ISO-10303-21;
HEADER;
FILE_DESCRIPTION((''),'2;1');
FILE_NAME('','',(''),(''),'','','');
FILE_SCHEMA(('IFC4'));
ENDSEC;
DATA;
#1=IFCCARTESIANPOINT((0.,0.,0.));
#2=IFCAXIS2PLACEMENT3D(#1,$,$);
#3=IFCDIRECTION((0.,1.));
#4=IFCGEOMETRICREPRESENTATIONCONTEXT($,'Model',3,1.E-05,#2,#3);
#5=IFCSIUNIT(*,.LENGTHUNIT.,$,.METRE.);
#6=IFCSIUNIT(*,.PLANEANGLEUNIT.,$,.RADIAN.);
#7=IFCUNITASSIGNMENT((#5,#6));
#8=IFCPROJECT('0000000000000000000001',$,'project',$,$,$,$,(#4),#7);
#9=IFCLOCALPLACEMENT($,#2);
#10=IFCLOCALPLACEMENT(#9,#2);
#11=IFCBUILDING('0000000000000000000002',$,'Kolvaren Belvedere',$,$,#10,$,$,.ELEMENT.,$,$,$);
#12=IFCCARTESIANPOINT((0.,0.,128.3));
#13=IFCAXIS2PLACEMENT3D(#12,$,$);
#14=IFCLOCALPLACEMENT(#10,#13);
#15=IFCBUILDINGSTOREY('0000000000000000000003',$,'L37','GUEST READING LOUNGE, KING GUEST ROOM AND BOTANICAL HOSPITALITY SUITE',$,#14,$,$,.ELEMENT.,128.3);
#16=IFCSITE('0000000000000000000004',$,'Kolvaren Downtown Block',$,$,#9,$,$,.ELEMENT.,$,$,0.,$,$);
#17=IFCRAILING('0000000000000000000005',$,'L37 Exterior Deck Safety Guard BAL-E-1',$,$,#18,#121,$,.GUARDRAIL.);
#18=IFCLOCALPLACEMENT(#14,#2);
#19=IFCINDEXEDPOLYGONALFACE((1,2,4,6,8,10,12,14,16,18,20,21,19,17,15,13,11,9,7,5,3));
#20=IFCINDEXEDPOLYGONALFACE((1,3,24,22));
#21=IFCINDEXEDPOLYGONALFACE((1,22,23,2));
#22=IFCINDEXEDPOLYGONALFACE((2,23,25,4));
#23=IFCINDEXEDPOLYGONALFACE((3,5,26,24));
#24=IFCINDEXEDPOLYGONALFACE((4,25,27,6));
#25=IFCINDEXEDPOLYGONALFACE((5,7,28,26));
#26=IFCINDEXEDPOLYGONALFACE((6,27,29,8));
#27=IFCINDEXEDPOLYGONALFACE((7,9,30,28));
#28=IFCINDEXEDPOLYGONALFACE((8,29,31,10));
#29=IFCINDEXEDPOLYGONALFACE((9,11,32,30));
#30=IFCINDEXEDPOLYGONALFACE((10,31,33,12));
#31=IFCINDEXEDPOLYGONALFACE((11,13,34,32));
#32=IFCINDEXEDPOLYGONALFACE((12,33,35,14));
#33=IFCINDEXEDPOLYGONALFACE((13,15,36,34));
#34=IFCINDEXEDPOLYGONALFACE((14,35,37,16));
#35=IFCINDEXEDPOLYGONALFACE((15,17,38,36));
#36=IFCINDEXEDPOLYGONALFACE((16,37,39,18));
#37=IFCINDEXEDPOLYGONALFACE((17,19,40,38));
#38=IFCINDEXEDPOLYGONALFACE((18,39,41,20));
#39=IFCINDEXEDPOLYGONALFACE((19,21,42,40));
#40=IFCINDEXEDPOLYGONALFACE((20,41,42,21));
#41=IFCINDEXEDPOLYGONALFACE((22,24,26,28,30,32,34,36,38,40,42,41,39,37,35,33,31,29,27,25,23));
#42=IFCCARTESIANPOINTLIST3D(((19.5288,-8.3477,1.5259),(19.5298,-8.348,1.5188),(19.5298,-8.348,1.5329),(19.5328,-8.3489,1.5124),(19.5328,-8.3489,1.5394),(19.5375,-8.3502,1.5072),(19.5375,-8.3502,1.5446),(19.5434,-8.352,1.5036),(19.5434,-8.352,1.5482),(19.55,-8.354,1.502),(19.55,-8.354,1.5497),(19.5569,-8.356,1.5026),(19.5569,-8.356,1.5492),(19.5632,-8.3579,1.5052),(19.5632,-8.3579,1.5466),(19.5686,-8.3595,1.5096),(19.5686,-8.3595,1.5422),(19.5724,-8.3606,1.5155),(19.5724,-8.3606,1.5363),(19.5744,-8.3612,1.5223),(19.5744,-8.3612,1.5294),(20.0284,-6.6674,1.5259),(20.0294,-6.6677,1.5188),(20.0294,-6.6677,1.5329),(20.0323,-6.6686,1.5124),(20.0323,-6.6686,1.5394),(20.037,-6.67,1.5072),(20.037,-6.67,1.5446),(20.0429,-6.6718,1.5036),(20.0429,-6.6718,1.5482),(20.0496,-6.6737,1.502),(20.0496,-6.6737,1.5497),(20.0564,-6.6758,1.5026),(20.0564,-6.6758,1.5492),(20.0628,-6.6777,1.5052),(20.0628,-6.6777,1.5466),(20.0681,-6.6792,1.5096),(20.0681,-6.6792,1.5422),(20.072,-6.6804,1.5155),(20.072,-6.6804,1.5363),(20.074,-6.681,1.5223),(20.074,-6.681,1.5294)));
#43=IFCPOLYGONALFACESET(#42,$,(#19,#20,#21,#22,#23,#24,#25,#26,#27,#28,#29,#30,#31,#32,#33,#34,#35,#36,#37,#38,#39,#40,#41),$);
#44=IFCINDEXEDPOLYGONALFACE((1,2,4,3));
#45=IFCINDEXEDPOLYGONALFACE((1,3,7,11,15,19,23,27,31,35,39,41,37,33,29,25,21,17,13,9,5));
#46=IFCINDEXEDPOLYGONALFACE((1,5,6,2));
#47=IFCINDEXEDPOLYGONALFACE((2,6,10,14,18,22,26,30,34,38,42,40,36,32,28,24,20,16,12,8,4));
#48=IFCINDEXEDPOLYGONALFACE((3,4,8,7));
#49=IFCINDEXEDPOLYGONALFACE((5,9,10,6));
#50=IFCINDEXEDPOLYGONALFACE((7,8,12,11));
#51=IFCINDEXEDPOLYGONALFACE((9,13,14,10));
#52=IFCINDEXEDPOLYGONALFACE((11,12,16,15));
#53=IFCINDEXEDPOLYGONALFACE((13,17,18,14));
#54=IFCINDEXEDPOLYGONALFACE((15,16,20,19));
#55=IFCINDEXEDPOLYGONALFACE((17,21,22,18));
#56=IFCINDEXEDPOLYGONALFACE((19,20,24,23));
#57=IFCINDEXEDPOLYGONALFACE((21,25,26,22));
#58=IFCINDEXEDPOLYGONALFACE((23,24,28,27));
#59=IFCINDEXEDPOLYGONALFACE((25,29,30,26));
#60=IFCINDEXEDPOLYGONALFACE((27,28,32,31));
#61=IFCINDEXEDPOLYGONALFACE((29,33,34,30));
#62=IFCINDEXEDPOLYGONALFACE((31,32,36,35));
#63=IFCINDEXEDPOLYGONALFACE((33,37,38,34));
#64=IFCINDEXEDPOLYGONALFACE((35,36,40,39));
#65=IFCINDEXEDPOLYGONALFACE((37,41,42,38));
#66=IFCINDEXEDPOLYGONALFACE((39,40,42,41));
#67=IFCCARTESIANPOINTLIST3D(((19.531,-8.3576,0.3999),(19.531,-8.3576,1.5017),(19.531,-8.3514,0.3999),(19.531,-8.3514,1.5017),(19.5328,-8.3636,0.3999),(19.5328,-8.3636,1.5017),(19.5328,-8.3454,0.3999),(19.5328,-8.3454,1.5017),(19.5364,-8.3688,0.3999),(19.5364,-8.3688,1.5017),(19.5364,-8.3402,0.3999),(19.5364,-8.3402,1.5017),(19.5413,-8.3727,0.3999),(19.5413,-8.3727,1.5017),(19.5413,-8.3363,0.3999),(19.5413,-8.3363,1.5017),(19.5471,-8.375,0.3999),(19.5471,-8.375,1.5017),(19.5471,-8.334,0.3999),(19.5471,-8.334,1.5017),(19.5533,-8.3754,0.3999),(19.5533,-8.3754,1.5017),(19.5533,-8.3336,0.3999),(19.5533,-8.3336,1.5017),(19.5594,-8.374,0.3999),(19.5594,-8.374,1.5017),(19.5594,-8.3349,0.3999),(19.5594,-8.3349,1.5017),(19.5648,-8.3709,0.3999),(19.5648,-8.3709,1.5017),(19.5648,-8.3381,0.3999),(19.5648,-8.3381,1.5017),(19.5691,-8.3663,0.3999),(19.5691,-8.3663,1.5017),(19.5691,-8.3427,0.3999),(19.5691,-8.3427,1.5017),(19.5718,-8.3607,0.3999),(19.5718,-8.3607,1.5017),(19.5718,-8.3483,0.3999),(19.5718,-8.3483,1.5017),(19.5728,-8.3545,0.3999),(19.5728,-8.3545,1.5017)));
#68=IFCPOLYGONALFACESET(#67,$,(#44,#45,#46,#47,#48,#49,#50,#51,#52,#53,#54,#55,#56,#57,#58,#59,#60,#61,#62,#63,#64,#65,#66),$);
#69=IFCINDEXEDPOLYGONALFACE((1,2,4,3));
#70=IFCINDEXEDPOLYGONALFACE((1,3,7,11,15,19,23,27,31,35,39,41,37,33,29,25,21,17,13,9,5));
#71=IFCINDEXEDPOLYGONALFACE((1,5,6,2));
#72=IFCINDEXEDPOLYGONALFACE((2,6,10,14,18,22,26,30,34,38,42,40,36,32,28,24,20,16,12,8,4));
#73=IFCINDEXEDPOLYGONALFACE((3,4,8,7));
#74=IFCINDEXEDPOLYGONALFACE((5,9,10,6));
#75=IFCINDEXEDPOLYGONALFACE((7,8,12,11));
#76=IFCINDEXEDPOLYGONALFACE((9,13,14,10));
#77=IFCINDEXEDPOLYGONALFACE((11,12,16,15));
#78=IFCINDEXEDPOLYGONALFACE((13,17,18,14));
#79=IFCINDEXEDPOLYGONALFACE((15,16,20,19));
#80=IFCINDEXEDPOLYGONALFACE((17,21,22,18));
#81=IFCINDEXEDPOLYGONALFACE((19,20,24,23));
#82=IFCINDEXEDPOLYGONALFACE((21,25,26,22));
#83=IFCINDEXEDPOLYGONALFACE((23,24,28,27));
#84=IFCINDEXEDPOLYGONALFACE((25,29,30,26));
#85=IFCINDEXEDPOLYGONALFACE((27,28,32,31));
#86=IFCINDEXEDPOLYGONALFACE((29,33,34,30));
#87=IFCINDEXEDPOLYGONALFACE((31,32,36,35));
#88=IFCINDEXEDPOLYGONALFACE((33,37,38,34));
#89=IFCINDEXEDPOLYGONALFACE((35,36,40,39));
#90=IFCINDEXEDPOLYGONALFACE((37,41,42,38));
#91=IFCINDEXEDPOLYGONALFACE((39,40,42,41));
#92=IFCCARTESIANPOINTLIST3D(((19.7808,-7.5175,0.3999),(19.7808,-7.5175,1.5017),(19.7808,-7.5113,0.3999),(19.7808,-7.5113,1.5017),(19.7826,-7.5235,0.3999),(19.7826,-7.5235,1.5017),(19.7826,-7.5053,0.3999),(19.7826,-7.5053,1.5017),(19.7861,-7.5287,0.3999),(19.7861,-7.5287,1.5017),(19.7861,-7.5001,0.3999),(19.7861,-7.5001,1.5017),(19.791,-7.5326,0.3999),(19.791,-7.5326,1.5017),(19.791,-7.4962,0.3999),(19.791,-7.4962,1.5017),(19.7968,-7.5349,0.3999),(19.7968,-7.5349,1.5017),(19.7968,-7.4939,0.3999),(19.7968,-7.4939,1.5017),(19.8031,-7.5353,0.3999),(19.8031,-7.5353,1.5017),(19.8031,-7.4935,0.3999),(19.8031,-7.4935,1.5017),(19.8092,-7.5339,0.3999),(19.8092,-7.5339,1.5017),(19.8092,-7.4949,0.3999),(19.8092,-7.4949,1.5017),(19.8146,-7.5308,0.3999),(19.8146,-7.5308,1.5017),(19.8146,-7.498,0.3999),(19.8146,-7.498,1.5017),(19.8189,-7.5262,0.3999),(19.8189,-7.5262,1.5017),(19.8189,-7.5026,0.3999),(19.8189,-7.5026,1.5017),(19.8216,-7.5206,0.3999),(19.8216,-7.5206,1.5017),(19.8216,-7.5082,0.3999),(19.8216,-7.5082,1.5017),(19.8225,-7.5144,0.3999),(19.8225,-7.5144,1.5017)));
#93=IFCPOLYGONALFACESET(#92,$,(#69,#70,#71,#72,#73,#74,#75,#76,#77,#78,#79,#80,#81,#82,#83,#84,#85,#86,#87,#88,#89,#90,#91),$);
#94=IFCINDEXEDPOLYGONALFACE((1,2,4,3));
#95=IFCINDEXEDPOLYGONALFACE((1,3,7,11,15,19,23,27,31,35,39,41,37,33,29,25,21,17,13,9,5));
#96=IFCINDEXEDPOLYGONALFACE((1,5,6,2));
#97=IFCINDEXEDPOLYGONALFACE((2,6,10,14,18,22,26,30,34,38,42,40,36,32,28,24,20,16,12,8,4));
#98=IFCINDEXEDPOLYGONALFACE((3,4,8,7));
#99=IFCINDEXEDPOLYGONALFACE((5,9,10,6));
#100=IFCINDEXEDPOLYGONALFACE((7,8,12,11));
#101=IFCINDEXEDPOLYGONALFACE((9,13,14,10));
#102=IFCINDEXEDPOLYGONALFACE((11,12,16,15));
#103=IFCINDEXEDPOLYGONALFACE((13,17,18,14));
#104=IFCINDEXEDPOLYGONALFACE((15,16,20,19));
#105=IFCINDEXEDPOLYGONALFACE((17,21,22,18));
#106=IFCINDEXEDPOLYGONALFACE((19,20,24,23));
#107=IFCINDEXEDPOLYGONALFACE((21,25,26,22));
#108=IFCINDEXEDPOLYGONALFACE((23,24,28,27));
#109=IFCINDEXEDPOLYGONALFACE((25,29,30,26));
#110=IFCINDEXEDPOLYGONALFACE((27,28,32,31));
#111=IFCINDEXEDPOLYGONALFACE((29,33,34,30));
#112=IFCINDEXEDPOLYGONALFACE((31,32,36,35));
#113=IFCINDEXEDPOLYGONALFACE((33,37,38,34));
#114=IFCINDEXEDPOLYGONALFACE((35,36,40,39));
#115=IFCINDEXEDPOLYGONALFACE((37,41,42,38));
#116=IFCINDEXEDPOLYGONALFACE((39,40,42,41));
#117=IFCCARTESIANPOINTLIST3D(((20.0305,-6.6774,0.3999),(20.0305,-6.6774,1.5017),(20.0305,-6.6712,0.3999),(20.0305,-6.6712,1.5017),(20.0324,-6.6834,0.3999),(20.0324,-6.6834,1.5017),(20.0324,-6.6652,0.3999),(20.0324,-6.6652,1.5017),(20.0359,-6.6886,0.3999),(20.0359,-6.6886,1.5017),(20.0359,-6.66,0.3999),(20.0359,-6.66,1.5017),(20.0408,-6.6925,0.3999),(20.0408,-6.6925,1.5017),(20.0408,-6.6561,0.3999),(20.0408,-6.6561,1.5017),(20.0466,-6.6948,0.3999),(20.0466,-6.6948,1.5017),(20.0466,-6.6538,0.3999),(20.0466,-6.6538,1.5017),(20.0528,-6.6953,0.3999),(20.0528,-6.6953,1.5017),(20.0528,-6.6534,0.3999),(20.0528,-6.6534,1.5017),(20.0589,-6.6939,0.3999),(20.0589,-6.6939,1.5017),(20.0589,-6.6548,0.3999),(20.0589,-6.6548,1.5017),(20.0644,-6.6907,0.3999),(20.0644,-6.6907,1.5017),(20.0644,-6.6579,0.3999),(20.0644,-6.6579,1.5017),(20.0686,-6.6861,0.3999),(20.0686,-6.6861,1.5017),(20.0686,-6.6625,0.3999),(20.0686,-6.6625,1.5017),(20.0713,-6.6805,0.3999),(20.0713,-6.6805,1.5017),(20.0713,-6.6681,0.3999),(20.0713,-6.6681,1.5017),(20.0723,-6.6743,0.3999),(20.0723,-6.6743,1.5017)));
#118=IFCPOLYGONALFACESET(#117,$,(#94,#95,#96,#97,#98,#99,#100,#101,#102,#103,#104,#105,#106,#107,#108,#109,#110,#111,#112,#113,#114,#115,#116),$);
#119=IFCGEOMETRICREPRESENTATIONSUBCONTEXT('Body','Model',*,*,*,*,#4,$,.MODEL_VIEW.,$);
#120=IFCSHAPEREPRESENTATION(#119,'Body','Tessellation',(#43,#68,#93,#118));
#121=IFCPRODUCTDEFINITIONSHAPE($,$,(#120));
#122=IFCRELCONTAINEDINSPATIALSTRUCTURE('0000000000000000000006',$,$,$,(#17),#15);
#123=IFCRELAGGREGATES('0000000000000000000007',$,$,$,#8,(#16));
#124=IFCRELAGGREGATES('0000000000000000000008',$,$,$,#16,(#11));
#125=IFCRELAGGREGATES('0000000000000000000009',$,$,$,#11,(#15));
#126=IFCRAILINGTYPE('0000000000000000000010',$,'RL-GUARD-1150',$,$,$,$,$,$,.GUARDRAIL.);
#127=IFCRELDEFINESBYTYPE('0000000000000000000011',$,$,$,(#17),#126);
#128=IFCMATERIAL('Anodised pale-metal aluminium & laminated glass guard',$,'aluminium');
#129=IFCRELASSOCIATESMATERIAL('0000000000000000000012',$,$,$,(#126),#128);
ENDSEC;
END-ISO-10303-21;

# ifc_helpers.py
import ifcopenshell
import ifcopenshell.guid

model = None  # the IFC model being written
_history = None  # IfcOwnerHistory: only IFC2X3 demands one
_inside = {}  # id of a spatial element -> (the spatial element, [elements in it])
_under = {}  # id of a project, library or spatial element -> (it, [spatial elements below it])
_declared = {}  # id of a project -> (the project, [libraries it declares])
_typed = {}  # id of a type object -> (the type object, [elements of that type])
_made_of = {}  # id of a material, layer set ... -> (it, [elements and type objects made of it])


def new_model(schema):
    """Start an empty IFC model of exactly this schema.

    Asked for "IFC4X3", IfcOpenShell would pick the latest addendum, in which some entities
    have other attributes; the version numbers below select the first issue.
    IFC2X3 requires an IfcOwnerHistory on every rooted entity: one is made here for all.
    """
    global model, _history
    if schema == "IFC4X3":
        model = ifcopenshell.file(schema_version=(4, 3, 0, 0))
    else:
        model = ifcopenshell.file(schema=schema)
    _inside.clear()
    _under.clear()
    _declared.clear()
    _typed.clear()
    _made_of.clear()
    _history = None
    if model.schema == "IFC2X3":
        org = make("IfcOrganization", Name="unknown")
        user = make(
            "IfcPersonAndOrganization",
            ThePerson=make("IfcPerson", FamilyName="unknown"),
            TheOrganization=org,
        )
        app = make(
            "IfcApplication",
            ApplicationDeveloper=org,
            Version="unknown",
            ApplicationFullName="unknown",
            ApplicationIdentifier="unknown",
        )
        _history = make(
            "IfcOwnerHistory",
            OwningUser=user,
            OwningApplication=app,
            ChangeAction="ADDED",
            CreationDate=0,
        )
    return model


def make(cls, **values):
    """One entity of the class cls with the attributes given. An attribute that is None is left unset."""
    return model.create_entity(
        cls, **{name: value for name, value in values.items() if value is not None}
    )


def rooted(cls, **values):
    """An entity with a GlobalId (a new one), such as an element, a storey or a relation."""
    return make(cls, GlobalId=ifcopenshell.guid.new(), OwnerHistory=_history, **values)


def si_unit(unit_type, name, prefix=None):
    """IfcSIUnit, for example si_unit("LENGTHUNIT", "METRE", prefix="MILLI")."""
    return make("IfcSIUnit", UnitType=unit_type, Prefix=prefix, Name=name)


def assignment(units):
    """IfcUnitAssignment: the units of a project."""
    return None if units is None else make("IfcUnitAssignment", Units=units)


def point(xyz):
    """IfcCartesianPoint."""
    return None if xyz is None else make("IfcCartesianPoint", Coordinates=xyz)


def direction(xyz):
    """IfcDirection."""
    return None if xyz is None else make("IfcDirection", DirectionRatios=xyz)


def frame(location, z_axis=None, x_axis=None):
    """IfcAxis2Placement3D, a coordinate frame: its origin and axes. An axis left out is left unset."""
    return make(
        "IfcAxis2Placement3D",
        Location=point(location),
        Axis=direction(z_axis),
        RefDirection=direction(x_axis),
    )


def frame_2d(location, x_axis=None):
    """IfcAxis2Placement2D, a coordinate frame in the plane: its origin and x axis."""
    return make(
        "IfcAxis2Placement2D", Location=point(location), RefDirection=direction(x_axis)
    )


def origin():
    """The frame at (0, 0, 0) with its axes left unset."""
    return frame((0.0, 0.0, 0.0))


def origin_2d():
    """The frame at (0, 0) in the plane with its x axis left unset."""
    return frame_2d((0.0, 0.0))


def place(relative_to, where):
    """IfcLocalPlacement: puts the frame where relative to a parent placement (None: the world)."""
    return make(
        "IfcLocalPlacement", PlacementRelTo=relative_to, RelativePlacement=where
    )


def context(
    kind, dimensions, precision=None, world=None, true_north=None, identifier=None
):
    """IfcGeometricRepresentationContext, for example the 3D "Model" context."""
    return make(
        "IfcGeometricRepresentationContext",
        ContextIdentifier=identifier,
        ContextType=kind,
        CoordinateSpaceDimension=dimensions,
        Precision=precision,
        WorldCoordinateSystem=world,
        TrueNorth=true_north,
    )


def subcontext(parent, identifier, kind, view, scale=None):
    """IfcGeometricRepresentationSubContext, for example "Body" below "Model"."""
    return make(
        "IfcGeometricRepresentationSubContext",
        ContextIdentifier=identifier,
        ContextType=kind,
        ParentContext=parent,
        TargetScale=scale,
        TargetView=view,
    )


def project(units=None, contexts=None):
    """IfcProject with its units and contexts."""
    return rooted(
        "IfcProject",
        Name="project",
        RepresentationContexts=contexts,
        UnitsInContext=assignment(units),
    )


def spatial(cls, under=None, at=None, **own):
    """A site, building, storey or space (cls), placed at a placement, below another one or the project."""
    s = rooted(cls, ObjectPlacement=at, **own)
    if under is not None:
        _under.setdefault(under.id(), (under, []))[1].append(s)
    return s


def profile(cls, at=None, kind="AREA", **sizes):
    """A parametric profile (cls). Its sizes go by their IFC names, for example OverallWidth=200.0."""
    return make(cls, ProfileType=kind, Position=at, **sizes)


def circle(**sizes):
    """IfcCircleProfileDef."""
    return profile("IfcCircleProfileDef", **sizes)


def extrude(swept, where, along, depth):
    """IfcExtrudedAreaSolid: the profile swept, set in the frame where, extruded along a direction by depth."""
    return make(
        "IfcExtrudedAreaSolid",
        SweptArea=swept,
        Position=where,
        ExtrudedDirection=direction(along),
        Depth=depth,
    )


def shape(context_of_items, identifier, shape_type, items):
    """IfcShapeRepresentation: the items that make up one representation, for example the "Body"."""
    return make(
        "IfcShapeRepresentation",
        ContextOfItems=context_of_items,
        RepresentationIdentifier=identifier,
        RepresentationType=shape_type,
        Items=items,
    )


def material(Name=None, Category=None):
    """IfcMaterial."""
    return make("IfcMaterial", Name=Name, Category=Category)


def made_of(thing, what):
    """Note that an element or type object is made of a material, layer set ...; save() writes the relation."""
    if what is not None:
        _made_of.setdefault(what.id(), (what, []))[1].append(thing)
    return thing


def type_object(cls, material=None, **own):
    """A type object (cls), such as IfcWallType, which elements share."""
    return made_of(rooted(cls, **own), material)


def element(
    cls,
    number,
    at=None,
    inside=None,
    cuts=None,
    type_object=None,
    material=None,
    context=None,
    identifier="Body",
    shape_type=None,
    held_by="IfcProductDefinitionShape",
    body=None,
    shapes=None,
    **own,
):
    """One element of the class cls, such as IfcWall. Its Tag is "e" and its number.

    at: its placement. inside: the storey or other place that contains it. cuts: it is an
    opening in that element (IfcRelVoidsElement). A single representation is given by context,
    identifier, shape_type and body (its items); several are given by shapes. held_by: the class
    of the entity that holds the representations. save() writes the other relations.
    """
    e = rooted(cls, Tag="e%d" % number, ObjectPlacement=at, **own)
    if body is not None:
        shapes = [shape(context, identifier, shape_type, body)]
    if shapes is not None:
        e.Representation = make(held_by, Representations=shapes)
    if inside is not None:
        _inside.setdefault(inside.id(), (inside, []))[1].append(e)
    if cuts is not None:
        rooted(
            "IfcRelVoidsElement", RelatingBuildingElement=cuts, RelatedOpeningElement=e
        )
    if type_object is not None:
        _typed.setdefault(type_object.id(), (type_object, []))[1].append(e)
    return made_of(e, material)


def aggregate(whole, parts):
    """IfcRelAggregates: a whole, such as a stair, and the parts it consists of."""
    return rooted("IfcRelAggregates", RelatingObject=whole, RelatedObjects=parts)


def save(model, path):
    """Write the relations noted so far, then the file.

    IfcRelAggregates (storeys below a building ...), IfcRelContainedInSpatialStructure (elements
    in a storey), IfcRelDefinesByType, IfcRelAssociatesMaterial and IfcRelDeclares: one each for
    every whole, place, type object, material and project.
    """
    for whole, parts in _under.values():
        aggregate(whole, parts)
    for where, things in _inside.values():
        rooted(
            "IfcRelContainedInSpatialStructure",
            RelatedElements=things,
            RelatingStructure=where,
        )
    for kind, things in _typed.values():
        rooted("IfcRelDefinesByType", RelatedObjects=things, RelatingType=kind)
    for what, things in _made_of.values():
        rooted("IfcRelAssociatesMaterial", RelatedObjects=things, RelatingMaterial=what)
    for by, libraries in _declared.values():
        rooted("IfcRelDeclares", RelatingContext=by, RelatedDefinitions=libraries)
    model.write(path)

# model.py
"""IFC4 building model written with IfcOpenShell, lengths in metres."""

from ifc_helpers import new_model, si_unit, direction, frame, origin, origin_2d, place, context, subcontext, project, spatial, circle, extrude, material, type_object, element, save


model = new_model("IFC4")

# Units and contexts
model_context = context("Model", 3, precision=1e-05, world=origin(), true_north=direction((0.0, 1.0)))
body_context = subcontext(model_context, "Body", "Model", "MODEL_VIEW")
ifc_project = project(units=[si_unit("LENGTHUNIT", "METRE"), si_unit("PLANEANGLEUNIT", "RADIAN")], contexts=[model_context])

# Site, building, storey
site_placement = place(None, origin())
site = spatial("IfcSite", under=ifc_project, at=site_placement, Name="Kolvaren Downtown Block", CompositionType="ELEMENT", RefElevation=0.0)
building_placement = place(site_placement, origin())
building = spatial("IfcBuilding", under=site, at=building_placement, Name="Kolvaren Belvedere", CompositionType="ELEMENT")
storey_placement = place(building_placement, frame((0.0, 0.0, 128.3)))
storey = spatial("IfcBuildingStorey", under=building, at=storey_placement, Name="L37", Description="GUEST READING LOUNGE, KING GUEST ROOM AND BOTANICAL HOSPITALITY SUITE", CompositionType="ELEMENT", Elevation=128.3)

# Railing
ifc_material_1 = material(Name="Anodised pale-metal aluminium & laminated glass guard", Category="aluminium")
railing_type = type_object("IfcRailingType", Name="RL-GUARD-1150", PredefinedType="GUARDRAIL", material=ifc_material_1)
railing_1_placement = place(storey_placement, frame((19.5518, -8.3545, 0.3999)))
element("IfcRailing", 1, at=railing_1_placement, inside=storey, type_object=railing_type, Name="L37 Exterior Deck Safety Guard BAL-E-1", PredefinedType="GUARDRAIL", context=body_context, shape_type="SweptSolid", body=[
    extrude(circle(Radius=0.0239, at=origin_2d()), frame((0.0, 0.0, 1.126), z_axis=(0.28497, 0.958536, 0.0), x_axis=(-0.958536, 0.28497, 0.0)), (0.0, 0.0, 1.0), 1.7529),
    extrude(circle(Radius=0.021, at=origin_2d()), origin(), (0.0, 0.0, 1.0), 1.1018),
    extrude(circle(Radius=0.021, at=origin_2d()), frame((0.2498, 0.8401, 0.0)), (0.0, 0.0, 1.0), 1.1018),
    extrude(circle(Radius=0.021, at=origin_2d()), frame((0.4995, 1.6802, 0.0)), (0.0, 0.0, 1.0), 1.1018),
])

save(model, "model.ifc")
